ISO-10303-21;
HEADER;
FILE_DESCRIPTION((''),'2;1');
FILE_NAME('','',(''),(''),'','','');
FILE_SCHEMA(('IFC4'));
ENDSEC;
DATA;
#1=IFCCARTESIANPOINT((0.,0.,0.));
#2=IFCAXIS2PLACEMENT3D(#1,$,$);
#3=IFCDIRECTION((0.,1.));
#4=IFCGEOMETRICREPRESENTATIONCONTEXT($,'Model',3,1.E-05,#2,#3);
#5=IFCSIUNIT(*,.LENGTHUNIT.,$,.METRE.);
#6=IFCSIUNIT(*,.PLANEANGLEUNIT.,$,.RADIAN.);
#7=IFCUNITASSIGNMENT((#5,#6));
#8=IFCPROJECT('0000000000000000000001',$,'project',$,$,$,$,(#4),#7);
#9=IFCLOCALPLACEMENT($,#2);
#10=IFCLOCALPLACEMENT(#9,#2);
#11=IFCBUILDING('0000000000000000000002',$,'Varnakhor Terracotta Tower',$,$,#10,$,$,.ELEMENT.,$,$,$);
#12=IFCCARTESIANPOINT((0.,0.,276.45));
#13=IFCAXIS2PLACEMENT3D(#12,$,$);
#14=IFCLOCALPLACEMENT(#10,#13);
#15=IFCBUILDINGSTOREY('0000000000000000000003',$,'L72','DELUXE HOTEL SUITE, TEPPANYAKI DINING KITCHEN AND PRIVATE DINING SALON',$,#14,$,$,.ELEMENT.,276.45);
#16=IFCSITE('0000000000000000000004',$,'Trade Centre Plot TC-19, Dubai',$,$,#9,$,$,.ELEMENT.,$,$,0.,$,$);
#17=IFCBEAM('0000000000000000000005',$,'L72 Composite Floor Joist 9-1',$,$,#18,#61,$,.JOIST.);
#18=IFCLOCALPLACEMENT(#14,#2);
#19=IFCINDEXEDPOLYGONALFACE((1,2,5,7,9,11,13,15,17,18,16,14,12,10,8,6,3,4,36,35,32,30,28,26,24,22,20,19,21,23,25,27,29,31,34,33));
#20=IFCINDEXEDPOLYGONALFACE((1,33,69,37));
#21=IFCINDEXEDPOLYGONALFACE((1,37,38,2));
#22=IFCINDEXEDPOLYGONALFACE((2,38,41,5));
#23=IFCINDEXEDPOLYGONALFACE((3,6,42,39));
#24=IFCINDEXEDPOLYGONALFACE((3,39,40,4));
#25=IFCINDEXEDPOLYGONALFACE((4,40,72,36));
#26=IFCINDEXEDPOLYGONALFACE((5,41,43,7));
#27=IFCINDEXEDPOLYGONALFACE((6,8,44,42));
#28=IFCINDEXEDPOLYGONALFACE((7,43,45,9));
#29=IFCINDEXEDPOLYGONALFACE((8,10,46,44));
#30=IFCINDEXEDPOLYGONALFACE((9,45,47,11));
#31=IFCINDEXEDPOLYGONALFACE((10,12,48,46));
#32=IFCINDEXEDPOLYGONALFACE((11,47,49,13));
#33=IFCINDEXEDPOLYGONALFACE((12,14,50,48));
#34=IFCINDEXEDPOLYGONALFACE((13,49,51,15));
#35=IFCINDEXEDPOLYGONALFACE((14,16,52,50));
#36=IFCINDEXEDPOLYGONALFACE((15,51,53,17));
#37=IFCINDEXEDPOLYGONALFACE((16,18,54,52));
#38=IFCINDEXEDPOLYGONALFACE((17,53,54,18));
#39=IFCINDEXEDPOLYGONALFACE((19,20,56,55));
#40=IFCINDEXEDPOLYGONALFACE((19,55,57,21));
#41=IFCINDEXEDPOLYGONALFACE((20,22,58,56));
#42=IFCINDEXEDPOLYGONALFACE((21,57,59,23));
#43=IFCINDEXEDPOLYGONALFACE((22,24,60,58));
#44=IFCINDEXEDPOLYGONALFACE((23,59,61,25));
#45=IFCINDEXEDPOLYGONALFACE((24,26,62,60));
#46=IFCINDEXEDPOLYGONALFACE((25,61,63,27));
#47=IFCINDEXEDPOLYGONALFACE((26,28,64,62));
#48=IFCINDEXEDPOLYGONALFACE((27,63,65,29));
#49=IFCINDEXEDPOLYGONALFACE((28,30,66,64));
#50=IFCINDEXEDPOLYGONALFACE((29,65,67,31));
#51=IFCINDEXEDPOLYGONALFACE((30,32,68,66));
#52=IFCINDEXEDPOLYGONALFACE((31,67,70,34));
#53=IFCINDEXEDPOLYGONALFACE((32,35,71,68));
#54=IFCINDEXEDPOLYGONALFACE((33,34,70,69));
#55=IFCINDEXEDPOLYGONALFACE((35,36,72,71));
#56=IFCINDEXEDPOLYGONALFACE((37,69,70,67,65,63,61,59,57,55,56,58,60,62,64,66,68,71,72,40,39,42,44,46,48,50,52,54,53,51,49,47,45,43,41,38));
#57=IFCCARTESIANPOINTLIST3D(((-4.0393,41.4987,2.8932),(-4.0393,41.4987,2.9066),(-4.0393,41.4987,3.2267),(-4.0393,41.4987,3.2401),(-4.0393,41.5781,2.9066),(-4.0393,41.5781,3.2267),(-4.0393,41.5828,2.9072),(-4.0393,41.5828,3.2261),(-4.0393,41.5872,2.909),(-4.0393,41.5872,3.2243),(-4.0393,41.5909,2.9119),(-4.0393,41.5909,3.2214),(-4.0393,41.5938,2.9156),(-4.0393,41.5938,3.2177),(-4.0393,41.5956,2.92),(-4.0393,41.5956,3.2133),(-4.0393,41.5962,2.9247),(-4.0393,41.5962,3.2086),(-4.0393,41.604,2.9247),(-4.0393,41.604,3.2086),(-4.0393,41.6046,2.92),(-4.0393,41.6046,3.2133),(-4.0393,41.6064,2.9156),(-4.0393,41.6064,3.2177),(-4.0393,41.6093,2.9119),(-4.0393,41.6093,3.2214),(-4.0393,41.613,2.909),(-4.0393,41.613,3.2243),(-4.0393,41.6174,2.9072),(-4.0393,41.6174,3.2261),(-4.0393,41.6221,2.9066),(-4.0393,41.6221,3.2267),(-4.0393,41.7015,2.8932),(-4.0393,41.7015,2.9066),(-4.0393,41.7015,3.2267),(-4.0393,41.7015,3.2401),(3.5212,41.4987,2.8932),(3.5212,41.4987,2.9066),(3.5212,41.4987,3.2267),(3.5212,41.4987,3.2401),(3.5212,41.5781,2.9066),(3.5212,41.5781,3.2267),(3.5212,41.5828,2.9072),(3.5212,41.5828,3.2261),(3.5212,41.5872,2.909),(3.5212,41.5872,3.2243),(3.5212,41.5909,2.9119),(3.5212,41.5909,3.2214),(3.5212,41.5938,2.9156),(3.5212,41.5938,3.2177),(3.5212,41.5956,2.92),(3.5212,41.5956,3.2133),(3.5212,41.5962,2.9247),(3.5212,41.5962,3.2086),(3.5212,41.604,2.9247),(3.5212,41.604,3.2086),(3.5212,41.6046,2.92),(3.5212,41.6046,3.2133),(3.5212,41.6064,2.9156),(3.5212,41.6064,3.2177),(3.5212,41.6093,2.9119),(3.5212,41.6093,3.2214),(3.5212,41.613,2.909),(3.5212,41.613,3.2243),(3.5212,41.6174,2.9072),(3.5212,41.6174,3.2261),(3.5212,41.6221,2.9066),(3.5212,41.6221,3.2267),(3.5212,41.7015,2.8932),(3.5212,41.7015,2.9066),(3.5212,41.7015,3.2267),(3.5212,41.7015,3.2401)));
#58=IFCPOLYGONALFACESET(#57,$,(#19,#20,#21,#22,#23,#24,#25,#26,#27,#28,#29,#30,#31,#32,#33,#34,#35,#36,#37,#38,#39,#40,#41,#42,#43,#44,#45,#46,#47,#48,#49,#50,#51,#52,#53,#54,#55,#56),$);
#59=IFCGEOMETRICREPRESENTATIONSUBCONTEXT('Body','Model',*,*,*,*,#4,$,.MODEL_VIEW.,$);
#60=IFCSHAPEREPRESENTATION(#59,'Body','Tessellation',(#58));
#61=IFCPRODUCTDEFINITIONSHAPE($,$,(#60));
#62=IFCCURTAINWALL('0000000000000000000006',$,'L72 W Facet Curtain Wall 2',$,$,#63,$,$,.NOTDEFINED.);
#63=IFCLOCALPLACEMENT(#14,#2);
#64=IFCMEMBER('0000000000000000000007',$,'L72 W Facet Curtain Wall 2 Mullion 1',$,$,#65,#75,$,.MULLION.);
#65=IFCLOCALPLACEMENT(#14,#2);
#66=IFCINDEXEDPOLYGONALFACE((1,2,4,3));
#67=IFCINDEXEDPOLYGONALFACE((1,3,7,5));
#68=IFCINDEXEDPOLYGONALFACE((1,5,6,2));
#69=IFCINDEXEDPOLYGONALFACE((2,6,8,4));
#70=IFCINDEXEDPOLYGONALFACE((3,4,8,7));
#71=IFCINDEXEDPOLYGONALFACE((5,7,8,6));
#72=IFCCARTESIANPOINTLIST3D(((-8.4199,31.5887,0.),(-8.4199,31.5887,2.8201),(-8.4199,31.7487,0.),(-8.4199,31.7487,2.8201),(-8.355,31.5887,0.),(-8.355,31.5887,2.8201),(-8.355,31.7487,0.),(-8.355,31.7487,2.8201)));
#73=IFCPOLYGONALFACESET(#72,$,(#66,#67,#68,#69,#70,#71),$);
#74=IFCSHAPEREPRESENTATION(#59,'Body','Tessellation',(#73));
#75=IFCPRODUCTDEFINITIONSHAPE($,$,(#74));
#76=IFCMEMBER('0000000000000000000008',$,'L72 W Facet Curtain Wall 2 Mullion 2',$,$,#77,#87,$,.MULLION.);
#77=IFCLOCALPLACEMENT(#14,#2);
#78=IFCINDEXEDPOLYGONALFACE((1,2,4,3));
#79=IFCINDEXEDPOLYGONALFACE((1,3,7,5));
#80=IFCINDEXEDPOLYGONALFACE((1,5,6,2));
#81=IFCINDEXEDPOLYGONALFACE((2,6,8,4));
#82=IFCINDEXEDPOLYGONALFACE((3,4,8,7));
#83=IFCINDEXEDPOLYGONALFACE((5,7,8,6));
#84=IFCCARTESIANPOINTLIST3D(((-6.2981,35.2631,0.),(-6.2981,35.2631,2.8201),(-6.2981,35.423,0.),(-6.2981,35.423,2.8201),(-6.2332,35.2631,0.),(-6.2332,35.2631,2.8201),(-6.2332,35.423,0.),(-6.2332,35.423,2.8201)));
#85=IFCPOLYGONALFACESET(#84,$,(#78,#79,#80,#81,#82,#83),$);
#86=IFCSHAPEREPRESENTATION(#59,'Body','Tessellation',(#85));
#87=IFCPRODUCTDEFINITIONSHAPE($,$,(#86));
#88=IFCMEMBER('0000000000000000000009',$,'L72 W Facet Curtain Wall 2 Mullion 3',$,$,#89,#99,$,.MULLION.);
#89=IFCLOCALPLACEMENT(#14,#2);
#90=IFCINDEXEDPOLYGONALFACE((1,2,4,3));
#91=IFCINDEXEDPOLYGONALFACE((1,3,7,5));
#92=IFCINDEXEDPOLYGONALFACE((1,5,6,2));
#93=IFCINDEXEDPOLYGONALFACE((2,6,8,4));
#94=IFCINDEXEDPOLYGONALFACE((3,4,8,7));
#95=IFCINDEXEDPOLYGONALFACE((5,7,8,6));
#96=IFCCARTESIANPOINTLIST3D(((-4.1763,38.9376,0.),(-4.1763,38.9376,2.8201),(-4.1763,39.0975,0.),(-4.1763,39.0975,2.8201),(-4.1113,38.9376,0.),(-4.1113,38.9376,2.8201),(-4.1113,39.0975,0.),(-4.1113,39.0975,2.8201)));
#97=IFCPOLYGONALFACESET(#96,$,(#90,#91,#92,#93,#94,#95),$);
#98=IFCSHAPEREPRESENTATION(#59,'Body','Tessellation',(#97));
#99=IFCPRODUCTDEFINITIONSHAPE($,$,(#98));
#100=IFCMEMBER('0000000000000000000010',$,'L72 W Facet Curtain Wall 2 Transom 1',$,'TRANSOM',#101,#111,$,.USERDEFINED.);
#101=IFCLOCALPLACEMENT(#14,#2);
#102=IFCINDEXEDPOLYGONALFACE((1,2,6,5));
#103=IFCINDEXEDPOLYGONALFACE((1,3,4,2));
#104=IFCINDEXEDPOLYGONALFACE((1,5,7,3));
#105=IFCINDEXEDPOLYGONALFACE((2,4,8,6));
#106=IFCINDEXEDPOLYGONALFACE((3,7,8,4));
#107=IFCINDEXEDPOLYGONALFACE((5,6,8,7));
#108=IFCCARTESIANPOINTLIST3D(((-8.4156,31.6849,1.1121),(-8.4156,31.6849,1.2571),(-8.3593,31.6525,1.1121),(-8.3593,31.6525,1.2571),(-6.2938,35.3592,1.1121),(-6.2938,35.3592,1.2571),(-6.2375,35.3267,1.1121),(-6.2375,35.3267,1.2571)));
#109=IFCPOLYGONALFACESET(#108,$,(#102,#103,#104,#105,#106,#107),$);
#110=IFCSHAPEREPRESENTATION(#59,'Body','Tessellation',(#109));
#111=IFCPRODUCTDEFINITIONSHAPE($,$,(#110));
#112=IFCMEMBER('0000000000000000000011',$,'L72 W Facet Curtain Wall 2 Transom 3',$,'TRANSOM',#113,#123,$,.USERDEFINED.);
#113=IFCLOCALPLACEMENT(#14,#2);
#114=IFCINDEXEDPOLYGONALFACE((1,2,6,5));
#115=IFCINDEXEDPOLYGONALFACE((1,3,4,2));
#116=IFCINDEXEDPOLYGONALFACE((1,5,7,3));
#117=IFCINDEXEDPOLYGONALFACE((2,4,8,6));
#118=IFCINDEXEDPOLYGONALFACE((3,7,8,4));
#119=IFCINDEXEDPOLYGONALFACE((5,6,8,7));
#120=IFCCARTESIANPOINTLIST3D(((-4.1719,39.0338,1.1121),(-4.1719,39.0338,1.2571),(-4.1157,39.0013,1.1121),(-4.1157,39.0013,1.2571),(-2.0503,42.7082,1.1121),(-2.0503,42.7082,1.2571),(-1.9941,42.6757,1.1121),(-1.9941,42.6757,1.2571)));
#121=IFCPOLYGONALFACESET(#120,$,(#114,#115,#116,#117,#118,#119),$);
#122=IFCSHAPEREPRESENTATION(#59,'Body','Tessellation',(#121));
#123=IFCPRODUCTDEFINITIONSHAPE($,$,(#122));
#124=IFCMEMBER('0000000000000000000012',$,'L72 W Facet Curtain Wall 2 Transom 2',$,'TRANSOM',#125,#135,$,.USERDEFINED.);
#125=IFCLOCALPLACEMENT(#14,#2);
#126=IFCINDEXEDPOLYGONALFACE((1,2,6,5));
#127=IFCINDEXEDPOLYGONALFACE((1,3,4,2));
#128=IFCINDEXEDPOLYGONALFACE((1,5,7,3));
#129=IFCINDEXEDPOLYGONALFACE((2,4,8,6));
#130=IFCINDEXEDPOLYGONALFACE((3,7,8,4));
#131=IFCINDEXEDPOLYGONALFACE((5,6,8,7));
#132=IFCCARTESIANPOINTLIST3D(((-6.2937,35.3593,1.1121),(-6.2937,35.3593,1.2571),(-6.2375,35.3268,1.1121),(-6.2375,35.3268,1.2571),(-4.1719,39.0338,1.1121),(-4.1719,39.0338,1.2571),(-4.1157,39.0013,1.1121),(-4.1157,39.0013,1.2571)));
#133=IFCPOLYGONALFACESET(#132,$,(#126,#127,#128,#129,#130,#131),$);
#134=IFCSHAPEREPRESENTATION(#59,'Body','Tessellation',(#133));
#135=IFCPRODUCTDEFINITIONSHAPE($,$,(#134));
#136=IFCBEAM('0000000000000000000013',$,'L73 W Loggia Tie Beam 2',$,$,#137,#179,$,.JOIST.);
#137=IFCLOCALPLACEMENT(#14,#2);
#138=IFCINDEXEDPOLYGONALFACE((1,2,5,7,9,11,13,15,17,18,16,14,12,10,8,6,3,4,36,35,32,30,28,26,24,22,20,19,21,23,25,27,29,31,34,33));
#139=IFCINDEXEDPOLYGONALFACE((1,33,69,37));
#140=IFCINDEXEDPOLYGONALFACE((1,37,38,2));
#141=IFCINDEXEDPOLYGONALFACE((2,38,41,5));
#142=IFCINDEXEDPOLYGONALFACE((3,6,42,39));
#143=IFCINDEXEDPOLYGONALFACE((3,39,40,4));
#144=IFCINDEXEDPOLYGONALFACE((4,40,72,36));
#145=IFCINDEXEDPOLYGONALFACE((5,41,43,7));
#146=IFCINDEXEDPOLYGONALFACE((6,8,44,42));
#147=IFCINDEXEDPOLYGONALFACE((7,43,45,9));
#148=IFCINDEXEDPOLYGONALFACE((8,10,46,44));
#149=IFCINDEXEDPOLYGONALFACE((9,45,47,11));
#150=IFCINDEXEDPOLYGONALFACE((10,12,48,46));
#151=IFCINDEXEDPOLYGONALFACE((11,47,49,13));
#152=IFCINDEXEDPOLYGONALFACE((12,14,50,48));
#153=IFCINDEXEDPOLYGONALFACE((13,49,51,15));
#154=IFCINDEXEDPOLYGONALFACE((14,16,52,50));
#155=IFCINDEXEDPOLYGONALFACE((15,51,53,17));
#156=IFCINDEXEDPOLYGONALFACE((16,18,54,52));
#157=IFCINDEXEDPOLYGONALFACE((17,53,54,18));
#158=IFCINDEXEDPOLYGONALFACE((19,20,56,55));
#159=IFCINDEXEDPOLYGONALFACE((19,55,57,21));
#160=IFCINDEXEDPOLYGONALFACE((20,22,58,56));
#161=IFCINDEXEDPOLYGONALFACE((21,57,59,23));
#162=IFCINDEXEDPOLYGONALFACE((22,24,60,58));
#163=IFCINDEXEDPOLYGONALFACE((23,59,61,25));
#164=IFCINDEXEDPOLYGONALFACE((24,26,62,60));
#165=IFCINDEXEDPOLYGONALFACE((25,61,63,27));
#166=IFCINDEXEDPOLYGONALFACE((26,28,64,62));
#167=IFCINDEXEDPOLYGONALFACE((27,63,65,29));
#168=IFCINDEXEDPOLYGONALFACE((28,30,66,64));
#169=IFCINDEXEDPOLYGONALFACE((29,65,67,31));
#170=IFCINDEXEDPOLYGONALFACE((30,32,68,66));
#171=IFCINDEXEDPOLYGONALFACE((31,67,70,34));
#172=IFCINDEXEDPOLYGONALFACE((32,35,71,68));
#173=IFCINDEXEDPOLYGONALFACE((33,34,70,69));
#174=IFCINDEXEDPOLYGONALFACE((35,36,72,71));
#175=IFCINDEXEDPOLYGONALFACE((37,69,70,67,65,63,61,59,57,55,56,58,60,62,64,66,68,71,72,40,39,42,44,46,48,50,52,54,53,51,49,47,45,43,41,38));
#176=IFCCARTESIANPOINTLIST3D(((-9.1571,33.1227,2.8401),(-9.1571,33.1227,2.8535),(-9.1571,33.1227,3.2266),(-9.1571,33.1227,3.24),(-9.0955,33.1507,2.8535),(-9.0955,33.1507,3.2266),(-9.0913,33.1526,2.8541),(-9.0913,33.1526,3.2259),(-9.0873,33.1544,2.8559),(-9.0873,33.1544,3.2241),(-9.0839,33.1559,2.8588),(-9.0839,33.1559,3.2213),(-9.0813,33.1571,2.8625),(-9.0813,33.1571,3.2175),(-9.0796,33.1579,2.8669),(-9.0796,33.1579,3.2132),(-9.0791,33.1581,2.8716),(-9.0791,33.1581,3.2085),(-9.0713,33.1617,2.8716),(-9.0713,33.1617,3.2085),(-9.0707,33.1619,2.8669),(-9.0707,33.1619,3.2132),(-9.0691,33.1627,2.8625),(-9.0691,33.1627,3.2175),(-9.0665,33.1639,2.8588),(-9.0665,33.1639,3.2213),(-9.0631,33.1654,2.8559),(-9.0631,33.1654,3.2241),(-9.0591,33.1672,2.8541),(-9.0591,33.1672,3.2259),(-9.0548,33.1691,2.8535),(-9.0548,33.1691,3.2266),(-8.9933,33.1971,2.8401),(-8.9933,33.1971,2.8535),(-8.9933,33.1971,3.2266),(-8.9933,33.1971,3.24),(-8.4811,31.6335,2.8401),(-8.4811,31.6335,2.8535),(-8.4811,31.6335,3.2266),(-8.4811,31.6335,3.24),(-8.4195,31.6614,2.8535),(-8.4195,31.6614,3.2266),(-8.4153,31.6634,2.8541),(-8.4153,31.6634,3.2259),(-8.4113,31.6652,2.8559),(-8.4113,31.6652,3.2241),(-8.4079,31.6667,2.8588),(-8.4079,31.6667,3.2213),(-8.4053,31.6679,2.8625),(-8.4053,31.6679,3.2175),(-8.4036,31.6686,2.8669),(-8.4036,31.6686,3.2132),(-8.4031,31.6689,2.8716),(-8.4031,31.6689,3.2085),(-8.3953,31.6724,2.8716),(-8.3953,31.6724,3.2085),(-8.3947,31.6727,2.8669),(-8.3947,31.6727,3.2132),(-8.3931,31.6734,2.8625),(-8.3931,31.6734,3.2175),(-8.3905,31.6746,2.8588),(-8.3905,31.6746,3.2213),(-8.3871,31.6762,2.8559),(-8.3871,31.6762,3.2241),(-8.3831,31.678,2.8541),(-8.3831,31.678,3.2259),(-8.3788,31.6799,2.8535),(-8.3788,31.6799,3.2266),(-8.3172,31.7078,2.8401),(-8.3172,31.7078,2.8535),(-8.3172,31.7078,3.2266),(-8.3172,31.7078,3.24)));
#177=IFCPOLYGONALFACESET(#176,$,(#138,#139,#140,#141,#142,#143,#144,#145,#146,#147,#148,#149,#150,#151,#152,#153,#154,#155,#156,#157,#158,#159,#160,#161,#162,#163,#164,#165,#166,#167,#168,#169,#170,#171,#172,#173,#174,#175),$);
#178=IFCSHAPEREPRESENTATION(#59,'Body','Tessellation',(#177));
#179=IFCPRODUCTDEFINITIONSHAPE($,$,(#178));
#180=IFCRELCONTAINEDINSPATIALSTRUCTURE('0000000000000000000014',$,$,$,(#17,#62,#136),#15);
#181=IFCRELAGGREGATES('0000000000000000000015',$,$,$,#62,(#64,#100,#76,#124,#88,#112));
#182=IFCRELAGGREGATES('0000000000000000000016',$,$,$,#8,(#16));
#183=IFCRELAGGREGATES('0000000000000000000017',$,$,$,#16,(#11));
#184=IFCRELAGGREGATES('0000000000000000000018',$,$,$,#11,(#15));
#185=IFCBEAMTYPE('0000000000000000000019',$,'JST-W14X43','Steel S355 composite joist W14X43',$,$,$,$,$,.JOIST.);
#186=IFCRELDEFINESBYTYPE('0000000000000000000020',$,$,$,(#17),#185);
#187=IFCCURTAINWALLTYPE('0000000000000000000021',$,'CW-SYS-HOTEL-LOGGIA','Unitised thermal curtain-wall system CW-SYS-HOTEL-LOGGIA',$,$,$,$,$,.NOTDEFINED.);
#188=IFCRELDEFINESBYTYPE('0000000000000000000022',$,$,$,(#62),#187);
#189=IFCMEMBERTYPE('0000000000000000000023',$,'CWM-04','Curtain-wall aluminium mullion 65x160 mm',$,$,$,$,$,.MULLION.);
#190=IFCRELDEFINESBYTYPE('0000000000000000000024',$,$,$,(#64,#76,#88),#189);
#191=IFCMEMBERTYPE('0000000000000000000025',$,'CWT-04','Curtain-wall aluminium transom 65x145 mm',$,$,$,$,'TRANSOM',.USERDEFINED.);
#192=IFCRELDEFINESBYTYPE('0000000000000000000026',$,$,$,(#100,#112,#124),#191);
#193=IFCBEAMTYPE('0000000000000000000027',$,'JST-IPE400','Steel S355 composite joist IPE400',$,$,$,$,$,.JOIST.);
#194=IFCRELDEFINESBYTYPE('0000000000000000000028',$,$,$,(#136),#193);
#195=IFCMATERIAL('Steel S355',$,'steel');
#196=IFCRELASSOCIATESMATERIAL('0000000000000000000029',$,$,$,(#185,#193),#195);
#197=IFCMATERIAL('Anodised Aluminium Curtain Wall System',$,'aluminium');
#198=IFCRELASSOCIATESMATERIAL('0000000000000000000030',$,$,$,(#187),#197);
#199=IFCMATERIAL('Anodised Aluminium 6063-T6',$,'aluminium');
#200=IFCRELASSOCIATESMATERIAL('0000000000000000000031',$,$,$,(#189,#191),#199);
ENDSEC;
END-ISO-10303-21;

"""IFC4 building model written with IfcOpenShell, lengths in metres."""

from ifc_helpers import new_model, si_unit, direction, frame, origin, origin_2d, place, context, subcontext, project, spatial, rectangle, i_section, extrude, source, transform, mapped, material, material_profile, profile_set, type_object, type_shapes, element, aggregate, save


model = new_model("IFC4")

# Units and contexts
model_context = context("Model", 3, precision=1e-05, world=origin(), true_north=direction((0.0, 1.0)))
body_context = subcontext(model_context, "Body", "Model", "MODEL_VIEW")
ifc_project = project(units=[si_unit("LENGTHUNIT", "METRE"), si_unit("PLANEANGLEUNIT", "RADIAN")], contexts=[model_context])

# Site, building, storey
site_placement = place(None, origin())
site = spatial("IfcSite", under=ifc_project, at=site_placement, Name="Trade Centre Plot TC-19, Dubai", CompositionType="ELEMENT", RefElevation=0.0)
building_placement = place(site_placement, origin())
building = spatial("IfcBuilding", under=site, at=building_placement, Name="Varnakhor Terracotta Tower", CompositionType="ELEMENT")
storey_placement = place(building_placement, frame((0.0, 0.0, 276.45)))
storey = spatial("IfcBuildingStorey", under=building, at=storey_placement, Name="L72", Description="DELUXE HOTEL SUITE, TEPPANYAKI DINING KITCHEN AND PRIVATE DINING SALON", CompositionType="ELEMENT", Elevation=276.45)

# Beam
ifc_material_1 = material(Name="Steel S355", Category="steel")
ifc_material_profile_1 = material_profile(ifc_material_1, i_section(OverallWidth=0.2029, OverallDepth=0.3469, WebThickness=0.0078, FlangeThickness=0.0134, FilletRadius=0.0181, at=origin_2d()), Name="W14X43")
ifc_profile_set_1 = profile_set([ifc_material_profile_1], Name="Steel S355")
beam_type_1 = type_object("IfcBeamType", Name="JST-W14X43", Description="Steel S355 composite joist W14X43", PredefinedType="JOIST", material=ifc_profile_set_1)
ifc_material_profile_2 = material_profile(ifc_material_1, i_section(OverallWidth=0.1799, OverallDepth=0.3999, WebThickness=0.0085, FlangeThickness=0.0134, FilletRadius=0.0181, at=origin_2d()), Name="IPE400")
ifc_profile_set_2 = profile_set([ifc_material_profile_2], Name="Steel S355")
beam_type_2 = type_object("IfcBeamType", Name="JST-IPE400", Description="Steel S355 composite joist IPE400", PredefinedType="JOIST", material=ifc_profile_set_2)
shared_shape_1 = source(origin(), body_context, "Body", "SweptSolid", [
    extrude(i_section(OverallWidth=0.2029, OverallDepth=0.3469, WebThickness=0.0078, FlangeThickness=0.0134, FilletRadius=0.0181, at=origin_2d()), origin(), (0.0, 0.0, 1.0), 7.5605),
])
beam_1_placement = place(storey_placement, frame((-4.0393, 41.6001, 3.0667), z_axis=(1.0, 0.0, 0.0), x_axis=(0.0, 1.0, 0.0)))
element("IfcBeam", 1, at=beam_1_placement, inside=storey, type_object=beam_type_1, Name="L72 Composite Floor Joist 9-1", PredefinedType="JOIST", context=body_context, shape_type="MappedRepresentation", body=[
    mapped(shared_shape_1, transform((0.0, 0.0, 0.0), scale=1.0)),
])

# Curtain wall, members
ifc_material_2 = material(Name="Anodised Aluminium Curtain Wall System", Category="aluminium")
curtain_wall_type = type_object("IfcCurtainWallType", Name="CW-SYS-HOTEL-LOGGIA", Description="Unitised thermal curtain-wall system CW-SYS-HOTEL-LOGGIA", PredefinedType="NOTDEFINED", material=ifc_material_2)
curtain_wall_placement = place(storey_placement, origin())
curtain_wall = element("IfcCurtainWall", 2, at=curtain_wall_placement, inside=storey, type_object=curtain_wall_type, Name="L72 W Facet Curtain Wall 2", PredefinedType="NOTDEFINED")
ifc_material_3 = material(Name="Anodised Aluminium 6063-T6", Category="aluminium")
ifc_material_profile_3 = material_profile(ifc_material_3, rectangle(XDim=0.0649, YDim=0.1599, at=origin_2d()), Name="ALU MULLION 65x160")
ifc_profile_set_3 = profile_set([ifc_material_profile_3], Name="Anodised Aluminium 6063-T6")
member_type_1 = type_object("IfcMemberType", Name="CWM-04", Description="Curtain-wall aluminium mullion 65x160 mm", PredefinedType="MULLION", material=ifc_profile_set_3)
shared_shape_2 = source(origin(), body_context, "Body", "SweptSolid", [
    extrude(rectangle(XDim=0.0649, YDim=0.1599, at=origin_2d()), origin(), (0.0, 0.0, 1.0), 2.8201),
])
type_shapes(member_type_1, [shared_shape_2])
member_1_placement = place(storey_placement, frame((-8.3875, 31.6687, 0.0), z_axis=(0.0, 0.0, 1.0), x_axis=(1.0, 0.0, 0.0)))
member_1 = element("IfcMember", 3, at=member_1_placement, type_object=member_type_1, Name="L72 W Facet Curtain Wall 2 Mullion 1", PredefinedType="MULLION", context=body_context, shape_type="MappedRepresentation", body=[
    mapped(shared_shape_2, transform((0.0, 0.0, 0.0), scale=1.0)),
])
member_2_placement = place(storey_placement, frame((-6.2656, 35.343, 0.0), z_axis=(0.0, 0.0, 1.0), x_axis=(1.0, 0.0, 0.0)))
member_2 = element("IfcMember", 4, at=member_2_placement, type_object=member_type_1, Name="L72 W Facet Curtain Wall 2 Mullion 2", PredefinedType="MULLION", context=body_context, shape_type="MappedRepresentation", body=[
    mapped(shared_shape_2, transform((0.0, 0.0, 0.0), scale=1.0)),
])
member_3_placement = place(storey_placement, frame((-4.1438, 39.0176, 0.0), z_axis=(0.0, 0.0, 1.0), x_axis=(1.0, 0.0, 0.0)))
member_3 = element("IfcMember", 5, at=member_3_placement, type_object=member_type_1, Name="L72 W Facet Curtain Wall 2 Mullion 3", PredefinedType="MULLION", context=body_context, shape_type="MappedRepresentation", body=[
    mapped(shared_shape_2, transform((0.0, 0.0, 0.0), scale=1.0)),
])
ifc_material_profile_4 = material_profile(ifc_material_3, rectangle(XDim=0.0649, YDim=0.145, at=origin_2d()), Name="ALU TRANSOM 65x145")
ifc_profile_set_4 = profile_set([ifc_material_profile_4], Name="Anodised Aluminium 6063-T6")
member_type_2 = type_object("IfcMemberType", Name="CWT-04", Description="Curtain-wall aluminium transom 65x145 mm", ElementType="TRANSOM", PredefinedType="USERDEFINED", material=ifc_profile_set_4)
shared_shape_3 = source(origin(), body_context, "Body", "SweptSolid", [
    extrude(rectangle(XDim=0.0649, YDim=0.145, at=origin_2d()), origin(), (0.0, 0.0, 1.0), 4.2429),
])
member_4_placement = place(storey_placement, frame((-8.3875, 31.6687, 1.1846), z_axis=(0.500081, 0.865979, 0.0), x_axis=(-0.865979, 0.500081, 0.0)))
member_4 = element("IfcMember", 6, at=member_4_placement, type_object=member_type_2, Name="L72 W Facet Curtain Wall 2 Transom 1", ObjectType="TRANSOM", PredefinedType="USERDEFINED", context=body_context, shape_type="MappedRepresentation", body=[
    mapped(shared_shape_3, transform((0.0, 0.0, 0.0), scale=1.0)),
])
member_5_placement = place(storey_placement, frame((-4.1438, 39.0176, 1.1846), z_axis=(0.500038, 0.866004, 0.0), x_axis=(-0.866004, 0.500038, 0.0)))
member_5 = element("IfcMember", 7, at=member_5_placement, type_object=member_type_2, Name="L72 W Facet Curtain Wall 2 Transom 3", ObjectType="TRANSOM", PredefinedType="USERDEFINED", context=body_context, shape_type="MappedRepresentation", body=[
    mapped(shared_shape_3, transform((0.0, 0.0, 0.0), scale=1.0)),
])
shared_shape_4 = source(origin(), body_context, "Body", "SweptSolid", [
    extrude(rectangle(XDim=0.0649, YDim=0.145, at=origin_2d()), origin(), (0.0, 0.0, 1.0), 4.2432),
])
member_6_placement = place(storey_placement, frame((-6.2656, 35.343, 1.1846), z_axis=(0.500056, 0.865993, 0.0), x_axis=(-0.865993, 0.500056, 0.0)))
member_6 = element("IfcMember", 8, at=member_6_placement, type_object=member_type_2, Name="L72 W Facet Curtain Wall 2 Transom 2", ObjectType="TRANSOM", PredefinedType="USERDEFINED", context=body_context, shape_type="MappedRepresentation", body=[
    mapped(shared_shape_4, transform((0.0, 0.0, 0.0), scale=1.0)),
])

# Beam
shared_shape_5 = source(origin(), body_context, "Body", "SweptSolid", [
    extrude(i_section(OverallWidth=0.1799, OverallDepth=0.3999, WebThickness=0.0085, FlangeThickness=0.0134, FilletRadius=0.0181, at=origin_2d()), origin(), (0.0, 0.0, 1.0), 1.6355),
])
beam_2_placement = place(storey_placement, frame((-8.3992, 31.6707, 3.04), z_axis=(-0.413342, 0.910576, 0.0), x_axis=(-0.910576, -0.413342, 0.0)))
element("IfcBeam", 9, at=beam_2_placement, inside=storey, type_object=beam_type_2, Name="L73 W Loggia Tie Beam 2", PredefinedType="JOIST", context=body_context, shape_type="MappedRepresentation", body=[
    mapped(shared_shape_5, transform((0.0, 0.0, 0.0), scale=1.0)),
])

aggregate(curtain_wall, [member_1, member_4, member_2, member_6, member_3, member_5])

save(model, "model.ifc")
